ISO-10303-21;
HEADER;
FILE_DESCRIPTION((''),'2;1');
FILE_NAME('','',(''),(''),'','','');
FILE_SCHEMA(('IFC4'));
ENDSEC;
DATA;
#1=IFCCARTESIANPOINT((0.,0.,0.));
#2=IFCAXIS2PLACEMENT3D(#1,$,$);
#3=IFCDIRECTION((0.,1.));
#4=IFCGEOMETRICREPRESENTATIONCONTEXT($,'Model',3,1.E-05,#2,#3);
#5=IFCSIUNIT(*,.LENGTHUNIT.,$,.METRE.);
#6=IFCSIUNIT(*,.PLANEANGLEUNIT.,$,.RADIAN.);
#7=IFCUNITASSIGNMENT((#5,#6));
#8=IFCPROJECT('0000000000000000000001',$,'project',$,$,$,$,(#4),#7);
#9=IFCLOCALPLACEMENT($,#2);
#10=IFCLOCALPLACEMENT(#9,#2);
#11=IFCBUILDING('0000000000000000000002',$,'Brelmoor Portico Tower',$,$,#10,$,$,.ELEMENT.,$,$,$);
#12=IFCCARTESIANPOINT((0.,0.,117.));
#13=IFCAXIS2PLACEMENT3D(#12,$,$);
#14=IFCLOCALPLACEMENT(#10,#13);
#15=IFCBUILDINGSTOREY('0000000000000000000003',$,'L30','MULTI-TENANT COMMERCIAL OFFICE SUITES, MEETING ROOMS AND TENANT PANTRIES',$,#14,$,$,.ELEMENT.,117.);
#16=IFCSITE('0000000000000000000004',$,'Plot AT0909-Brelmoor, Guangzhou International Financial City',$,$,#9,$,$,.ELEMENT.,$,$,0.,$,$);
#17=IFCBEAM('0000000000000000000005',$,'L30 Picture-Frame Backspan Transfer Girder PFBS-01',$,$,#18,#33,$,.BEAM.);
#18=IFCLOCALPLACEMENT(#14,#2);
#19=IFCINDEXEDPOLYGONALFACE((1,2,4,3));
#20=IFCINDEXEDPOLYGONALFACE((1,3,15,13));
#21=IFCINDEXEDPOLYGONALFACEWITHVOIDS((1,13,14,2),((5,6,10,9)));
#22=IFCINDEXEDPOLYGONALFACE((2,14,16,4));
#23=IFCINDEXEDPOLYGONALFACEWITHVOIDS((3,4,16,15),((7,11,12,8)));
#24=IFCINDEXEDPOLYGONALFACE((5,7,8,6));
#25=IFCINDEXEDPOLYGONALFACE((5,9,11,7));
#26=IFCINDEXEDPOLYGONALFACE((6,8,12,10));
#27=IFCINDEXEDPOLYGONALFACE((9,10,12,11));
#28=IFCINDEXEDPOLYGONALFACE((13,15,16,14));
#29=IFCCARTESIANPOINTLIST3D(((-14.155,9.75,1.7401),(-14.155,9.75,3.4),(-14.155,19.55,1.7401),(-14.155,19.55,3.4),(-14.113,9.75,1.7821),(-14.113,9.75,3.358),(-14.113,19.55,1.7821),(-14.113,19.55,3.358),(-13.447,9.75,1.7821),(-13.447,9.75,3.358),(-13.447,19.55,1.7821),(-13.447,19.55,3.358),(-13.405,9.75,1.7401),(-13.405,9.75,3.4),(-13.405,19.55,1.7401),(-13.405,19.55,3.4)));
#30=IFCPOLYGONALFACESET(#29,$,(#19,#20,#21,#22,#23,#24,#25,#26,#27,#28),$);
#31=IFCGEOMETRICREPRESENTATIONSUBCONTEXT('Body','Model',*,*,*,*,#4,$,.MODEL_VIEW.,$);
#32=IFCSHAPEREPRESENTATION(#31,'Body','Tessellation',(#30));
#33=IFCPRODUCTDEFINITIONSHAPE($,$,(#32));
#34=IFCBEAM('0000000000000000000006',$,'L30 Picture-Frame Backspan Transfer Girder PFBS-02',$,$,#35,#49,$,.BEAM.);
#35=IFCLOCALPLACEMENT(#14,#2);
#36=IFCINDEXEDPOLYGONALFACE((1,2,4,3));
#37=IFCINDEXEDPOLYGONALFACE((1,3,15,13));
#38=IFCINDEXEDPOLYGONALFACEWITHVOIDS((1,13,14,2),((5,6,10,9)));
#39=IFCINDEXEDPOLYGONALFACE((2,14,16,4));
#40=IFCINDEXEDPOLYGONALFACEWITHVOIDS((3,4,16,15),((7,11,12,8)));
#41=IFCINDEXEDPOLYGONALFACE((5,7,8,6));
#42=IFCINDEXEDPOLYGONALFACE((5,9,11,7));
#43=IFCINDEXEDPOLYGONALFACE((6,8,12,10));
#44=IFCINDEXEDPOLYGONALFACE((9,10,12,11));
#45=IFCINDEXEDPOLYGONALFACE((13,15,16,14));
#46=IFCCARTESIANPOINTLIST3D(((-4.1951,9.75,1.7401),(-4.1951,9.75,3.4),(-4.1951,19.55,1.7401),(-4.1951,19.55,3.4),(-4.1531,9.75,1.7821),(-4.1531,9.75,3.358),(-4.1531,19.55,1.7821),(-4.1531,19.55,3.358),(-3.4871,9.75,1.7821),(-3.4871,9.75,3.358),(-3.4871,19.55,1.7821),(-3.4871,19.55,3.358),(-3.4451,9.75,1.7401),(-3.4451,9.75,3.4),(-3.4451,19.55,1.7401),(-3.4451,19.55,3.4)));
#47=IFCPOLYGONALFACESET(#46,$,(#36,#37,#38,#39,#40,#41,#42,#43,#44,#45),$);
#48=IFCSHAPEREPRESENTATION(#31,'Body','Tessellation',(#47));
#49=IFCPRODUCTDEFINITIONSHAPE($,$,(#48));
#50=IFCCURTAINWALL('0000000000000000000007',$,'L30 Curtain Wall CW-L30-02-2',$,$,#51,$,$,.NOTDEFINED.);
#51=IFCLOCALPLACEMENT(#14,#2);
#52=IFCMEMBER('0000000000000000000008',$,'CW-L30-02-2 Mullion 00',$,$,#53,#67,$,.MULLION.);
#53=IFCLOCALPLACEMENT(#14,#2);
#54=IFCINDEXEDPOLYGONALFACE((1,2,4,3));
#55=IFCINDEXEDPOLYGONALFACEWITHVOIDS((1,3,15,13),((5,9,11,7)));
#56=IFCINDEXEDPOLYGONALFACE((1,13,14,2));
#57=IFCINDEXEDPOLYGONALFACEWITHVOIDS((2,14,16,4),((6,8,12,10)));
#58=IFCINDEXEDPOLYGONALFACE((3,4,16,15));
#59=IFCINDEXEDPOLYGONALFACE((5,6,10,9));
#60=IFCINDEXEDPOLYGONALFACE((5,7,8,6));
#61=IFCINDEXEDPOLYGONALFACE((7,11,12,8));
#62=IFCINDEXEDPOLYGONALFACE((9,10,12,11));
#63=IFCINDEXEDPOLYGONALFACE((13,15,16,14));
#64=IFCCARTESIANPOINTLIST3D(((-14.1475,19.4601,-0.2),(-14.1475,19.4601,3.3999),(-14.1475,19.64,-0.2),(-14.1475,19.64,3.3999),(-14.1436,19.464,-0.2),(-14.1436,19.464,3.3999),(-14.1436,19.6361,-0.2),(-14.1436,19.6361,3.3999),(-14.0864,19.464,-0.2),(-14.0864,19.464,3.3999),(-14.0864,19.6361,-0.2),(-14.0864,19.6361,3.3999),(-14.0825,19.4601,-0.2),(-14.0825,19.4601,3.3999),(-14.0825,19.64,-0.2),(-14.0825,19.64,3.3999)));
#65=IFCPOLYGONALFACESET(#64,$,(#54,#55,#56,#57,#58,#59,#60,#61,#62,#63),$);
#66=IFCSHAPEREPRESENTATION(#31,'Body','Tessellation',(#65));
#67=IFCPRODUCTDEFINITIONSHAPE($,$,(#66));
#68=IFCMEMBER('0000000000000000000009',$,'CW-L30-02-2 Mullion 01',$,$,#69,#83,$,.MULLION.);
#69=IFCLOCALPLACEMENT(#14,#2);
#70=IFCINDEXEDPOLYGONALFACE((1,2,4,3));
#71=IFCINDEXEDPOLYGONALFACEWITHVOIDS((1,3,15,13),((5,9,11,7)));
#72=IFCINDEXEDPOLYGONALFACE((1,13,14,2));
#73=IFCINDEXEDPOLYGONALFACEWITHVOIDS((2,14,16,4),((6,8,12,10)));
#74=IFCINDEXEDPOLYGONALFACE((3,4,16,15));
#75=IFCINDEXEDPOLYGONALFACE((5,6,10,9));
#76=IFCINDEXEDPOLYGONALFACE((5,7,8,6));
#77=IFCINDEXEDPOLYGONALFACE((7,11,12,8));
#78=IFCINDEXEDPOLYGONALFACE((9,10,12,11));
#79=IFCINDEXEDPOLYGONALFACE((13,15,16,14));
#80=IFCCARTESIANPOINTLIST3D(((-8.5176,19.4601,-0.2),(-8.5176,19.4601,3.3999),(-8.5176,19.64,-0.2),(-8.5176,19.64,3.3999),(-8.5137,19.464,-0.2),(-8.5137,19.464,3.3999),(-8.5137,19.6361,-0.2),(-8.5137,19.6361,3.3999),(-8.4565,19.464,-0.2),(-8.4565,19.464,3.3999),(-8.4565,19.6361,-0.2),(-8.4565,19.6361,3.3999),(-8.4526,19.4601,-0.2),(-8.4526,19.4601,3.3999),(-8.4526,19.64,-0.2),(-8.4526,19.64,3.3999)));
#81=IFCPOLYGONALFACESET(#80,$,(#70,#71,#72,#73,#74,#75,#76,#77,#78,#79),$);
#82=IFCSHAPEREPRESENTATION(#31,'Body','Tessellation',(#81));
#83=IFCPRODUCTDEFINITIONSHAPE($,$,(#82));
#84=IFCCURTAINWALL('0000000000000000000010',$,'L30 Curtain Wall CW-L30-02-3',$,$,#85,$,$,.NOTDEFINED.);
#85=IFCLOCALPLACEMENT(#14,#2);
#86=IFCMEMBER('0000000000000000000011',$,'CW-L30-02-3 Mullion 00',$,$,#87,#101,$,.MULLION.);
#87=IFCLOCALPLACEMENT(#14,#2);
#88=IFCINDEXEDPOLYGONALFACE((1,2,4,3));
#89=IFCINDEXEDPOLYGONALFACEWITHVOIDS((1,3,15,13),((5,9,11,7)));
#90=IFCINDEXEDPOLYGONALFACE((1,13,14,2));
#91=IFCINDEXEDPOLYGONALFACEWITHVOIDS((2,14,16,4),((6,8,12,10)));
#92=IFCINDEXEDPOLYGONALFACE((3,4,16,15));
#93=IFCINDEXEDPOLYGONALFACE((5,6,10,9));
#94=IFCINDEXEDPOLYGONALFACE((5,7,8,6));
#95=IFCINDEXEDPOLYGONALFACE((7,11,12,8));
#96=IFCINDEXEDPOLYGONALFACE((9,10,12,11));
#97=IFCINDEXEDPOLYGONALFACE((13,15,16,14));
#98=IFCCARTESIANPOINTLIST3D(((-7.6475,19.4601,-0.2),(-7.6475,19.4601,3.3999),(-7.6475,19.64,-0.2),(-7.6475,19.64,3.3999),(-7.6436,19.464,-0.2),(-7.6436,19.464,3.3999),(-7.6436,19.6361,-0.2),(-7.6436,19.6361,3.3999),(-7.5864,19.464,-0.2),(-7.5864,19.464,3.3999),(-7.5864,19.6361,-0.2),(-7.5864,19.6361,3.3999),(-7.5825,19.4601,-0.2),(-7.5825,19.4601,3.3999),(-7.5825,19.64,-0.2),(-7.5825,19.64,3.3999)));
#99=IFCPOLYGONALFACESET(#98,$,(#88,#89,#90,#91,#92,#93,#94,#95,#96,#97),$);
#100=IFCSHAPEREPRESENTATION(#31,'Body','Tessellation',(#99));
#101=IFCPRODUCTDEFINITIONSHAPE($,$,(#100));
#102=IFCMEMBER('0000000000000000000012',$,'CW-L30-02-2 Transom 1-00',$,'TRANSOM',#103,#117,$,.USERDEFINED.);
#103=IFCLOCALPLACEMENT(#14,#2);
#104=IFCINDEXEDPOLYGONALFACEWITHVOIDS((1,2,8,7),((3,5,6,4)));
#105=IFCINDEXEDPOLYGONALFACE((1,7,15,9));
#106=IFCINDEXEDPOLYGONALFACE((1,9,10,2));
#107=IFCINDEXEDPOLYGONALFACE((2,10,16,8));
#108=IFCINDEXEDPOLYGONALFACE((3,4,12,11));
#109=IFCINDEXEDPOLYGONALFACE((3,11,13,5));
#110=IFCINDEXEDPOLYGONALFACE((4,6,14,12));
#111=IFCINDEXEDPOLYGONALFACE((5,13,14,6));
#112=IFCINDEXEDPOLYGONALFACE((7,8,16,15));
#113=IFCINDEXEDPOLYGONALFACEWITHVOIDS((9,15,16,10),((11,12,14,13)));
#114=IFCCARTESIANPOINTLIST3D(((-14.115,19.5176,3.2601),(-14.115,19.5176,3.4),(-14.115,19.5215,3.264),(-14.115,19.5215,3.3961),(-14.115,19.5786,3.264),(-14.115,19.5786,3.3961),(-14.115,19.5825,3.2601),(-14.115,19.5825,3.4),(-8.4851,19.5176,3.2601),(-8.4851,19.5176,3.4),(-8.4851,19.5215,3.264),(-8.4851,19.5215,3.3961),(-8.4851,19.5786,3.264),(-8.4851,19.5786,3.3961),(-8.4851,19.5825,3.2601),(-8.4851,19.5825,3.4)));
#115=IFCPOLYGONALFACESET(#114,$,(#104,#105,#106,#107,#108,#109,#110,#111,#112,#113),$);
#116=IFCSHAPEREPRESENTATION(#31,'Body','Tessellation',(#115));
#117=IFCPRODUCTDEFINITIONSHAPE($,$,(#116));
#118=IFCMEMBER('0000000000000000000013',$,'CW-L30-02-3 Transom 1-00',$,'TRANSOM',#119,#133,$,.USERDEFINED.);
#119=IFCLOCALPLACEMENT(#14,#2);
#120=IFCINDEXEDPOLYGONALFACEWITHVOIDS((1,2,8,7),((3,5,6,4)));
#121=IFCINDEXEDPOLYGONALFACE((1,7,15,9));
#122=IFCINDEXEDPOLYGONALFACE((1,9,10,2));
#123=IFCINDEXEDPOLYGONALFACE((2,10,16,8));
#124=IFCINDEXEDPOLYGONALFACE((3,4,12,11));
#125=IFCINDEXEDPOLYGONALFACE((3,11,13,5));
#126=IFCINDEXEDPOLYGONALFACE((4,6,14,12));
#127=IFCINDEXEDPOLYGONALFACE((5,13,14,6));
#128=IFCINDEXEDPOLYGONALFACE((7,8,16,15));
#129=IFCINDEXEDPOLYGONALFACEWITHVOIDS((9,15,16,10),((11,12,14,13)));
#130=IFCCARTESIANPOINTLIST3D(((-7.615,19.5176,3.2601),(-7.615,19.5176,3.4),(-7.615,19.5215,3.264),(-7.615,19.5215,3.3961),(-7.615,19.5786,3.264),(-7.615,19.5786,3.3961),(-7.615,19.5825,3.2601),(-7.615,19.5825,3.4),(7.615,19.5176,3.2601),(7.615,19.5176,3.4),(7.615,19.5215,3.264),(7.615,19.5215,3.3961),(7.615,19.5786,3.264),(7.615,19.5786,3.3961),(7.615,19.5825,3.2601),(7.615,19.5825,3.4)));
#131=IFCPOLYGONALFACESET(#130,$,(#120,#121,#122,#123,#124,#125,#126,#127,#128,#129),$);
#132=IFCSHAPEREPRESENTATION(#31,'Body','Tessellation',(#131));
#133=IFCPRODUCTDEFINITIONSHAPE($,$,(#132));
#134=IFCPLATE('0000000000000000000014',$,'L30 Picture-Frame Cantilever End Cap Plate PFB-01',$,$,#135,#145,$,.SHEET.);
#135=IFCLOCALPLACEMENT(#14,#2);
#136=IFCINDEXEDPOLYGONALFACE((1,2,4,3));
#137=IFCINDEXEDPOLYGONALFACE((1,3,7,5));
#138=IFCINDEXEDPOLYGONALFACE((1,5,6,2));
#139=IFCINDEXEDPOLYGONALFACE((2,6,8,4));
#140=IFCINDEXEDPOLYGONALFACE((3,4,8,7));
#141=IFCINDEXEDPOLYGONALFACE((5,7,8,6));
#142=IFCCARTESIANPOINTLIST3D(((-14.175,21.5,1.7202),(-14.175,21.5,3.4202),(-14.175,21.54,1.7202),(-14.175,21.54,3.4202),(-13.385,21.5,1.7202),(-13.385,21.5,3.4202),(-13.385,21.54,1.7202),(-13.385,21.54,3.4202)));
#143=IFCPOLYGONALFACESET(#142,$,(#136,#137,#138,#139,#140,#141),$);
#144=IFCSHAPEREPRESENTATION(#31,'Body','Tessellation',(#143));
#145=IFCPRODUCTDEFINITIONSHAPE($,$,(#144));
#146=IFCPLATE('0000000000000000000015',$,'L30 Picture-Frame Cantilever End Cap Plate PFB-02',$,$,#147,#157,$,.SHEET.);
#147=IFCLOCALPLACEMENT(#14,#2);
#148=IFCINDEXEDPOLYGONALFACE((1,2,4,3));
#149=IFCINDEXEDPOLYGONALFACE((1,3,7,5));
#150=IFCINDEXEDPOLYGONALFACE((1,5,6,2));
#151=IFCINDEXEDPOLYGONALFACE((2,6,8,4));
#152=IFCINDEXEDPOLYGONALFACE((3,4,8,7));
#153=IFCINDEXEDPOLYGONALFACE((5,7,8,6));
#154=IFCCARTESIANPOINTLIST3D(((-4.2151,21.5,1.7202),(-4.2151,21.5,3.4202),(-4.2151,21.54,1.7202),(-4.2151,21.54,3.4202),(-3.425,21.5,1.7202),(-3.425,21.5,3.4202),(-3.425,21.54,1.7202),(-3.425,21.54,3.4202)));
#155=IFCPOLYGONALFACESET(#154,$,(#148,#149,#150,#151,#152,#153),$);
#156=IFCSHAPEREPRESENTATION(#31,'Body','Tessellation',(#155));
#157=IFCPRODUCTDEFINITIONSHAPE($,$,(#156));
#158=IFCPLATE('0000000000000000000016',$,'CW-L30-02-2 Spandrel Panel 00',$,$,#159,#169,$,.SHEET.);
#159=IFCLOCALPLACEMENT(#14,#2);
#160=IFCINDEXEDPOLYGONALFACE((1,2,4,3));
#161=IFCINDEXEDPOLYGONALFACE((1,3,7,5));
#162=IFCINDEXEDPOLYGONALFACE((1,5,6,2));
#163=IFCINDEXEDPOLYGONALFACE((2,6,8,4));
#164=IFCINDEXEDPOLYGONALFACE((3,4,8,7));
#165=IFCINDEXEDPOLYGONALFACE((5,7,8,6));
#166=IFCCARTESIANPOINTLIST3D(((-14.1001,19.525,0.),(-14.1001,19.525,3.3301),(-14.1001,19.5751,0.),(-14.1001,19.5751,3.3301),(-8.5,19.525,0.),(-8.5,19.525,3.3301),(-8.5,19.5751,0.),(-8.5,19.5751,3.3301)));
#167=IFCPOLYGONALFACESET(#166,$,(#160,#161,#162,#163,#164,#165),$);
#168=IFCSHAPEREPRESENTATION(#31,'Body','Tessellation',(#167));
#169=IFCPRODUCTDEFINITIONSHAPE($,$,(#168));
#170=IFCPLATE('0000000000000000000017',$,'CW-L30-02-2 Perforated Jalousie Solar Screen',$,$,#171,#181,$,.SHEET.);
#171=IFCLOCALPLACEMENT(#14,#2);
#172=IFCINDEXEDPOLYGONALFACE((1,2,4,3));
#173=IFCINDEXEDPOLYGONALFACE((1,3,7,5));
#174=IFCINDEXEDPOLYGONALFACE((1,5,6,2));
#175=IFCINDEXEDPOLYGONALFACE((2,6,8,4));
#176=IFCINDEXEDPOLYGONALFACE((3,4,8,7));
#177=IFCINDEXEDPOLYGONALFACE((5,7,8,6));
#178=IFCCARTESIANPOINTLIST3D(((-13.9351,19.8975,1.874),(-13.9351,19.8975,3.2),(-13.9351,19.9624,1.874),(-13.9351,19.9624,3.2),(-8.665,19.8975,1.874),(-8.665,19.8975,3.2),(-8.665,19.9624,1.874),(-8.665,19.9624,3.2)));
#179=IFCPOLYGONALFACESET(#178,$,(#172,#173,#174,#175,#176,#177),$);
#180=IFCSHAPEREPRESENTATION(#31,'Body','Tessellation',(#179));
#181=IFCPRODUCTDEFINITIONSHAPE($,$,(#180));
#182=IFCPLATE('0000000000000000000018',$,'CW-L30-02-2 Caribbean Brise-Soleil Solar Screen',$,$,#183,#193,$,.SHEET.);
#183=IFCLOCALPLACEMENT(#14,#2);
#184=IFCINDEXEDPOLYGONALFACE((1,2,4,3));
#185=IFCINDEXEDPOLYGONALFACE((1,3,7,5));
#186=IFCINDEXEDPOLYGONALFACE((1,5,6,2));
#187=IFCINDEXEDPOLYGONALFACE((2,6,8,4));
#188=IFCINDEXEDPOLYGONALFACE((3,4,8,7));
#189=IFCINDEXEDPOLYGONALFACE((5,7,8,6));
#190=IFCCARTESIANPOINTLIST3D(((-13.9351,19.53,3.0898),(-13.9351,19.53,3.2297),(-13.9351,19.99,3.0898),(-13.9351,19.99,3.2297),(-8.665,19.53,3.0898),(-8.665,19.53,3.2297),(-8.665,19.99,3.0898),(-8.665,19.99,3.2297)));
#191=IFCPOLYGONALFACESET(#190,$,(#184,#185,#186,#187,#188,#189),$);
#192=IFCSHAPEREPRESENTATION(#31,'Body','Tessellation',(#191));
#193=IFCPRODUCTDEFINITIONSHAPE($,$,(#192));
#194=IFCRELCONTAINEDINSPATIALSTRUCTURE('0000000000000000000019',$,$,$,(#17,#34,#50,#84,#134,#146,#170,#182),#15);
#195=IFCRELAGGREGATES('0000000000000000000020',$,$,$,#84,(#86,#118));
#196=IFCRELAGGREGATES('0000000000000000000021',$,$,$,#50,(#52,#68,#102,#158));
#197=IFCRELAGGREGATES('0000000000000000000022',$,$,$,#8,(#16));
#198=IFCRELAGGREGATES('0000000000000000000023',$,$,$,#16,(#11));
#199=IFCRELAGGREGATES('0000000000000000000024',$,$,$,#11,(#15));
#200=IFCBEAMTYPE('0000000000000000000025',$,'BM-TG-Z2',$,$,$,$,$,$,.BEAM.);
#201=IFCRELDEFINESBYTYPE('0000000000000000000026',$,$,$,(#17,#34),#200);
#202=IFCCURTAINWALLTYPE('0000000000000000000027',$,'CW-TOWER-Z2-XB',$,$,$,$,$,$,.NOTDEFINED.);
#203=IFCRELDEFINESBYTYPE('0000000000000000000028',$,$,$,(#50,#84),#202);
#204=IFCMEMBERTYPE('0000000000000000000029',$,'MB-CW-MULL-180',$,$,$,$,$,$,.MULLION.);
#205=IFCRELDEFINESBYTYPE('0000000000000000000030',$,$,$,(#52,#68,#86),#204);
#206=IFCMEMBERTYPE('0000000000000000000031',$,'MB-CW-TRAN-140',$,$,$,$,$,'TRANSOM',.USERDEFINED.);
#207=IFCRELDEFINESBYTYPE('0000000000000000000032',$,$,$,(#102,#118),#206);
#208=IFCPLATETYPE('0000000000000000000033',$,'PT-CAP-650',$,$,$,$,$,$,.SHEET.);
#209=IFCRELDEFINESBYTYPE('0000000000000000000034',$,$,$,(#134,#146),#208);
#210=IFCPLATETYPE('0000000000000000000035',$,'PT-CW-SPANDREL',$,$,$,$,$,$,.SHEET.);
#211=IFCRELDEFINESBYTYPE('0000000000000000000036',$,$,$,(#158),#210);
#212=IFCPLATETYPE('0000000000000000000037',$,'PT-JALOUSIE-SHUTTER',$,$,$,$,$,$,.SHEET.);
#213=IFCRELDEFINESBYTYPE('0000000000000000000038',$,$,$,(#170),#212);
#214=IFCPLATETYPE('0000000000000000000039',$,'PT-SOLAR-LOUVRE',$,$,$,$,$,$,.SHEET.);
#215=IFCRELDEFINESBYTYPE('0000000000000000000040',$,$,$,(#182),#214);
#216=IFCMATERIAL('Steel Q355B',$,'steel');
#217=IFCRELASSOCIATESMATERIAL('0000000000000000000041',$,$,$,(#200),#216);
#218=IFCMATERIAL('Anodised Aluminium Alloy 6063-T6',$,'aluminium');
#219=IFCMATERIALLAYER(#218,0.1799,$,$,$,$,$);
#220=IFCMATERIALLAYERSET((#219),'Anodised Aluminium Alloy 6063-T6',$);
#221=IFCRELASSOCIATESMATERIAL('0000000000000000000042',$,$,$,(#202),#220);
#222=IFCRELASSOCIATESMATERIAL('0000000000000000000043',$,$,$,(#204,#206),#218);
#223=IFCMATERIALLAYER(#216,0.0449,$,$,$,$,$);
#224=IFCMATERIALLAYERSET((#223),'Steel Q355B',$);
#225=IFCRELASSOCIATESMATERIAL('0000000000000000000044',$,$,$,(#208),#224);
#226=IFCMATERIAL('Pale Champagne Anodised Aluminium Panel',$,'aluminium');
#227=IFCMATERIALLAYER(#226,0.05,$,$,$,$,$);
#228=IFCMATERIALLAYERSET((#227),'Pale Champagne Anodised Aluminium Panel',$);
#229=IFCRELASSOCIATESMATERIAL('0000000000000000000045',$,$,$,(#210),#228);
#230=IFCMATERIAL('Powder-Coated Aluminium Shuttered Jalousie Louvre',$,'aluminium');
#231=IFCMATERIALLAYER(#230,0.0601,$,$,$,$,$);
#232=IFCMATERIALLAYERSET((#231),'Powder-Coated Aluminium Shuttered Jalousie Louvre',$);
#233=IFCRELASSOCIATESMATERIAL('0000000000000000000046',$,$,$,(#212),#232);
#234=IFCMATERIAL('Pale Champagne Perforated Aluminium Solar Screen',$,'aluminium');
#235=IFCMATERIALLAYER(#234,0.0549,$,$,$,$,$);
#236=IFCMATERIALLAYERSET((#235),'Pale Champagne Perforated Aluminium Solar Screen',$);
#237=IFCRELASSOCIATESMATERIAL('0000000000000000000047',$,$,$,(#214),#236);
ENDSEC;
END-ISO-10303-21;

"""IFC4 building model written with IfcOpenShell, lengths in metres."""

from ifc_helpers import new_model, si_unit, direction, frame, origin, origin_2d, place, context, subcontext, project, spatial, rectangle, hollow_rectangle, extrude, material, layer, layer_set, material_profile, profile_set, type_object, element, aggregate, save


model = new_model("IFC4")

# Units and contexts
model_context = context("Model", 3, precision=1e-05, world=origin(), true_north=direction((0.0, 1.0)))
body_context = subcontext(model_context, "Body", "Model", "MODEL_VIEW")
ifc_project = project(units=[si_unit("LENGTHUNIT", "METRE"), si_unit("PLANEANGLEUNIT", "RADIAN")], contexts=[model_context])

# Site, building, storey
site_placement = place(None, origin())
site = spatial("IfcSite", under=ifc_project, at=site_placement, Name="Plot AT0909-Brelmoor, Guangzhou International Financial City", CompositionType="ELEMENT", RefElevation=0.0)
building_placement = place(site_placement, origin())
building = spatial("IfcBuilding", under=site, at=building_placement, Name="Brelmoor Portico Tower", CompositionType="ELEMENT")
storey_placement = place(building_placement, frame((0.0, 0.0, 117.0)))
storey = spatial("IfcBuildingStorey", under=building, at=storey_placement, Name="L30", Description="MULTI-TENANT COMMERCIAL OFFICE SUITES, MEETING ROOMS AND TENANT PANTRIES", CompositionType="ELEMENT", Elevation=117.0)

# Shared definitions
ifc_material_1 = material(Name="Steel Q355B", Category="steel")

# Beams
ifc_material_profile_1 = material_profile(ifc_material_1, hollow_rectangle(XDim=0.75, YDim=1.6599, WallThickness=0.042, at=origin_2d()), Name="BOX 750x1660x42")
ifc_profile_set_1 = profile_set([ifc_material_profile_1], Name="Steel Q355B")
beam_type_1 = type_object("IfcBeamType", Name="BM-TG-Z2", PredefinedType="BEAM", material=ifc_profile_set_1)
for number, where, z_axis, x_axis, name in (
    (1, (-13.78, 9.75, 2.5701), (0.0, 1.0, 0.0), (-1.0, 0.0, 0.0), "L30 Picture-Frame Backspan Transfer Girder PFBS-01"),
    (2, (-3.8201, 9.75, 2.5701), (0.0, 1.0, 0.0), (-1.0, 0.0, 0.0), "L30 Picture-Frame Backspan Transfer Girder PFBS-02"),
):
    element("IfcBeam", number, at=place(storey_placement, frame(where, z_axis=z_axis, x_axis=x_axis)), inside=storey, type_object=beam_type_1, Name=name, PredefinedType="BEAM", context=body_context, shape_type="SweptSolid", body=[
        extrude(hollow_rectangle(XDim=0.75, YDim=1.6599, WallThickness=0.042, at=origin_2d()), origin(), (0.0, 0.0, 1.0), 9.8),
    ])

# Curtain wall, members
ifc_material_2 = material(Name="Anodised Aluminium Alloy 6063-T6", Category="aluminium")
ifc_layer_1 = layer(ifc_material_2, 0.1799)
ifc_layer_set_1 = layer_set([ifc_layer_1], Name="Anodised Aluminium Alloy 6063-T6")
curtain_wall_type = type_object("IfcCurtainWallType", Name="CW-TOWER-Z2-XB", PredefinedType="NOTDEFINED", material=ifc_layer_set_1)
curtain_wall_1_placement = place(storey_placement, origin())
curtain_wall_1 = element("IfcCurtainWall", 3, at=curtain_wall_1_placement, inside=storey, type_object=curtain_wall_type, Name="L30 Curtain Wall CW-L30-02-2", PredefinedType="NOTDEFINED")
ifc_material_profile_2 = material_profile(ifc_material_2, hollow_rectangle(XDim=0.0649, YDim=0.1799, WallThickness=0.0039, at=origin_2d()), Name="ALU MULLION 65x180")
ifc_profile_set_2 = profile_set([ifc_material_profile_2], Name="Anodised Aluminium Alloy 6063-T6")
member_type_1 = type_object("IfcMemberType", Name="MB-CW-MULL-180", PredefinedType="MULLION", material=ifc_profile_set_2)
member_1_placement = place(storey_placement, frame((-14.115, 19.55, -0.2), z_axis=(0.0, 0.0, 1.0), x_axis=(1.0, 0.0, 0.0)))
member_1 = element("IfcMember", 4, at=member_1_placement, type_object=member_type_1, Name="CW-L30-02-2 Mullion 00", PredefinedType="MULLION", context=body_context, shape_type="SweptSolid", body=[
    extrude(hollow_rectangle(XDim=0.0649, YDim=0.1799, WallThickness=0.0039, at=origin_2d()), origin(), (0.0, 0.0, 1.0), 3.5999),
])
member_2_placement = place(storey_placement, frame((-8.4851, 19.55, -0.2), z_axis=(0.0, 0.0, 1.0), x_axis=(1.0, 0.0, 0.0)))
member_2 = element("IfcMember", 5, at=member_2_placement, type_object=member_type_1, Name="CW-L30-02-2 Mullion 01", PredefinedType="MULLION", context=body_context, shape_type="SweptSolid", body=[
    extrude(hollow_rectangle(XDim=0.0649, YDim=0.1799, WallThickness=0.0039, at=origin_2d()), origin(), (0.0, 0.0, 1.0), 3.5999),
])

# Curtain wall, member
curtain_wall_2_placement = place(storey_placement, origin())
curtain_wall_2 = element("IfcCurtainWall", 6, at=curtain_wall_2_placement, inside=storey, type_object=curtain_wall_type, Name="L30 Curtain Wall CW-L30-02-3", PredefinedType="NOTDEFINED")
member_3_placement = place(storey_placement, frame((-7.615, 19.55, -0.2), z_axis=(0.0, 0.0, 1.0), x_axis=(1.0, 0.0, 0.0)))
member_3 = element("IfcMember", 7, at=member_3_placement, type_object=member_type_1, Name="CW-L30-02-3 Mullion 00", PredefinedType="MULLION", context=body_context, shape_type="SweptSolid", body=[
    extrude(hollow_rectangle(XDim=0.0649, YDim=0.1799, WallThickness=0.0039, at=origin_2d()), origin(), (0.0, 0.0, 1.0), 3.5999),
])

# Members
ifc_material_profile_3 = material_profile(ifc_material_2, hollow_rectangle(XDim=0.0649, YDim=0.1399, WallThickness=0.0039, at=origin_2d()), Name="ALU TRANSOM 65x140")
ifc_profile_set_3 = profile_set([ifc_material_profile_3], Name="Anodised Aluminium Alloy 6063-T6")
member_type_2 = type_object("IfcMemberType", Name="MB-CW-TRAN-140", ElementType="TRANSOM", PredefinedType="USERDEFINED", material=ifc_profile_set_3)
member_4_placement = place(storey_placement, frame((-14.115, 19.55, 3.3301), z_axis=(1.0, 0.0, 0.0), x_axis=(0.0, 1.0, 0.0)))
member_4 = element("IfcMember", 8, at=member_4_placement, type_object=member_type_2, Name="CW-L30-02-2 Transom 1-00", ObjectType="TRANSOM", PredefinedType="USERDEFINED", context=body_context, shape_type="SweptSolid", body=[
    extrude(hollow_rectangle(XDim=0.0649, YDim=0.1399, WallThickness=0.0039, at=origin_2d()), origin(), (0.0, 0.0, 1.0), 5.6299),
])
member_5_placement = place(storey_placement, frame((-7.615, 19.55, 3.3301), z_axis=(1.0, 0.0, 0.0), x_axis=(0.0, 1.0, 0.0)))
member_5 = element("IfcMember", 9, at=member_5_placement, type_object=member_type_2, Name="CW-L30-02-3 Transom 1-00", ObjectType="TRANSOM", PredefinedType="USERDEFINED", context=body_context, shape_type="SweptSolid", body=[
    extrude(hollow_rectangle(XDim=0.0649, YDim=0.1399, WallThickness=0.0039, at=origin_2d()), origin(), (0.0, 0.0, 1.0), 15.23),
])
aggregate(curtain_wall_2, [member_3, member_5])

# Plates
ifc_layer_2 = layer(ifc_material_1, 0.0449)
ifc_layer_set_2 = layer_set([ifc_layer_2], Name="Steel Q355B")
plate_type_1 = type_object("IfcPlateType", Name="PT-CAP-650", PredefinedType="SHEET", material=ifc_layer_set_2)
for number, where, z_axis, x_axis, name in (
    (10, (-13.78, 21.52, 1.7202), (0.0, 0.0, 1.0), (1.0, 0.0, 0.0), "L30 Picture-Frame Cantilever End Cap Plate PFB-01"),
    (11, (-3.8201, 21.52, 1.7202), (0.0, 0.0, 1.0), (1.0, 0.0, 0.0), "L30 Picture-Frame Cantilever End Cap Plate PFB-02"),
):
    element("IfcPlate", number, at=place(storey_placement, frame(where, z_axis=z_axis, x_axis=x_axis)), inside=storey, type_object=plate_type_1, Name=name, PredefinedType="SHEET", context=body_context, shape_type="SweptSolid", body=[
        extrude(rectangle(XDim=0.79, YDim=0.04, at=origin_2d()), origin(), (0.0, 0.0, 1.0), 1.7),
    ])

# Plate
ifc_material_3 = material(Name="Pale Champagne Anodised Aluminium Panel", Category="aluminium")
ifc_layer_3 = layer(ifc_material_3, 0.05)
ifc_layer_set_3 = layer_set([ifc_layer_3], Name="Pale Champagne Anodised Aluminium Panel")
plate_type_2 = type_object("IfcPlateType", Name="PT-CW-SPANDREL", PredefinedType="SHEET", material=ifc_layer_set_3)
plate_1_placement = place(storey_placement, frame((-11.3, 19.55, 0.0), z_axis=(0.0, 0.0, 1.0), x_axis=(1.0, 0.0, 0.0)))
plate_1 = element("IfcPlate", 12, at=plate_1_placement, type_object=plate_type_2, Name="CW-L30-02-2 Spandrel Panel 00", PredefinedType="SHEET", context=body_context, shape_type="SweptSolid", body=[
    extrude(rectangle(XDim=5.6001, YDim=0.05, at=origin_2d()), origin(), (0.0, 0.0, 1.0), 3.3301),
])
aggregate(curtain_wall_1, [member_1, member_2, member_4, plate_1])

# Plates
ifc_material_4 = material(Name="Powder-Coated Aluminium Shuttered Jalousie Louvre", Category="aluminium")
ifc_layer_4 = layer(ifc_material_4, 0.0601)
ifc_layer_set_4 = layer_set([ifc_layer_4], Name="Powder-Coated Aluminium Shuttered Jalousie Louvre")
plate_type_3 = type_object("IfcPlateType", Name="PT-JALOUSIE-SHUTTER", PredefinedType="SHEET", material=ifc_layer_set_4)
plate_2_placement = place(storey_placement, frame((-11.3, 19.9299, 1.874), z_axis=(0.0, 0.0, 1.0), x_axis=(1.0, 0.0, 0.0)))
element("IfcPlate", 13, at=plate_2_placement, inside=storey, type_object=plate_type_3, Name="CW-L30-02-2 Perforated Jalousie Solar Screen", PredefinedType="SHEET", context=body_context, shape_type="SweptSolid", body=[
    extrude(rectangle(XDim=5.27, YDim=0.0649, at=origin_2d()), origin(), (0.0, 0.0, 1.0), 1.3259),
])
ifc_material_5 = material(Name="Pale Champagne Perforated Aluminium Solar Screen", Category="aluminium")
ifc_layer_5 = layer(ifc_material_5, 0.0549)
ifc_layer_set_5 = layer_set([ifc_layer_5], Name="Pale Champagne Perforated Aluminium Solar Screen")
plate_type_4 = type_object("IfcPlateType", Name="PT-SOLAR-LOUVRE", PredefinedType="SHEET", material=ifc_layer_set_5)
plate_3_placement = place(storey_placement, frame((-11.3, 19.76, 3.0898), z_axis=(0.0, 0.0, 1.0), x_axis=(1.0, 0.0, 0.0)))
element("IfcPlate", 14, at=plate_3_placement, inside=storey, type_object=plate_type_4, Name="CW-L30-02-2 Caribbean Brise-Soleil Solar Screen", PredefinedType="SHEET", context=body_context, shape_type="SweptSolid", body=[
    extrude(rectangle(XDim=5.27, YDim=0.46, at=origin_2d()), origin(), (0.0, 0.0, 1.0), 0.1399),
])

save(model, "model.ifc")
